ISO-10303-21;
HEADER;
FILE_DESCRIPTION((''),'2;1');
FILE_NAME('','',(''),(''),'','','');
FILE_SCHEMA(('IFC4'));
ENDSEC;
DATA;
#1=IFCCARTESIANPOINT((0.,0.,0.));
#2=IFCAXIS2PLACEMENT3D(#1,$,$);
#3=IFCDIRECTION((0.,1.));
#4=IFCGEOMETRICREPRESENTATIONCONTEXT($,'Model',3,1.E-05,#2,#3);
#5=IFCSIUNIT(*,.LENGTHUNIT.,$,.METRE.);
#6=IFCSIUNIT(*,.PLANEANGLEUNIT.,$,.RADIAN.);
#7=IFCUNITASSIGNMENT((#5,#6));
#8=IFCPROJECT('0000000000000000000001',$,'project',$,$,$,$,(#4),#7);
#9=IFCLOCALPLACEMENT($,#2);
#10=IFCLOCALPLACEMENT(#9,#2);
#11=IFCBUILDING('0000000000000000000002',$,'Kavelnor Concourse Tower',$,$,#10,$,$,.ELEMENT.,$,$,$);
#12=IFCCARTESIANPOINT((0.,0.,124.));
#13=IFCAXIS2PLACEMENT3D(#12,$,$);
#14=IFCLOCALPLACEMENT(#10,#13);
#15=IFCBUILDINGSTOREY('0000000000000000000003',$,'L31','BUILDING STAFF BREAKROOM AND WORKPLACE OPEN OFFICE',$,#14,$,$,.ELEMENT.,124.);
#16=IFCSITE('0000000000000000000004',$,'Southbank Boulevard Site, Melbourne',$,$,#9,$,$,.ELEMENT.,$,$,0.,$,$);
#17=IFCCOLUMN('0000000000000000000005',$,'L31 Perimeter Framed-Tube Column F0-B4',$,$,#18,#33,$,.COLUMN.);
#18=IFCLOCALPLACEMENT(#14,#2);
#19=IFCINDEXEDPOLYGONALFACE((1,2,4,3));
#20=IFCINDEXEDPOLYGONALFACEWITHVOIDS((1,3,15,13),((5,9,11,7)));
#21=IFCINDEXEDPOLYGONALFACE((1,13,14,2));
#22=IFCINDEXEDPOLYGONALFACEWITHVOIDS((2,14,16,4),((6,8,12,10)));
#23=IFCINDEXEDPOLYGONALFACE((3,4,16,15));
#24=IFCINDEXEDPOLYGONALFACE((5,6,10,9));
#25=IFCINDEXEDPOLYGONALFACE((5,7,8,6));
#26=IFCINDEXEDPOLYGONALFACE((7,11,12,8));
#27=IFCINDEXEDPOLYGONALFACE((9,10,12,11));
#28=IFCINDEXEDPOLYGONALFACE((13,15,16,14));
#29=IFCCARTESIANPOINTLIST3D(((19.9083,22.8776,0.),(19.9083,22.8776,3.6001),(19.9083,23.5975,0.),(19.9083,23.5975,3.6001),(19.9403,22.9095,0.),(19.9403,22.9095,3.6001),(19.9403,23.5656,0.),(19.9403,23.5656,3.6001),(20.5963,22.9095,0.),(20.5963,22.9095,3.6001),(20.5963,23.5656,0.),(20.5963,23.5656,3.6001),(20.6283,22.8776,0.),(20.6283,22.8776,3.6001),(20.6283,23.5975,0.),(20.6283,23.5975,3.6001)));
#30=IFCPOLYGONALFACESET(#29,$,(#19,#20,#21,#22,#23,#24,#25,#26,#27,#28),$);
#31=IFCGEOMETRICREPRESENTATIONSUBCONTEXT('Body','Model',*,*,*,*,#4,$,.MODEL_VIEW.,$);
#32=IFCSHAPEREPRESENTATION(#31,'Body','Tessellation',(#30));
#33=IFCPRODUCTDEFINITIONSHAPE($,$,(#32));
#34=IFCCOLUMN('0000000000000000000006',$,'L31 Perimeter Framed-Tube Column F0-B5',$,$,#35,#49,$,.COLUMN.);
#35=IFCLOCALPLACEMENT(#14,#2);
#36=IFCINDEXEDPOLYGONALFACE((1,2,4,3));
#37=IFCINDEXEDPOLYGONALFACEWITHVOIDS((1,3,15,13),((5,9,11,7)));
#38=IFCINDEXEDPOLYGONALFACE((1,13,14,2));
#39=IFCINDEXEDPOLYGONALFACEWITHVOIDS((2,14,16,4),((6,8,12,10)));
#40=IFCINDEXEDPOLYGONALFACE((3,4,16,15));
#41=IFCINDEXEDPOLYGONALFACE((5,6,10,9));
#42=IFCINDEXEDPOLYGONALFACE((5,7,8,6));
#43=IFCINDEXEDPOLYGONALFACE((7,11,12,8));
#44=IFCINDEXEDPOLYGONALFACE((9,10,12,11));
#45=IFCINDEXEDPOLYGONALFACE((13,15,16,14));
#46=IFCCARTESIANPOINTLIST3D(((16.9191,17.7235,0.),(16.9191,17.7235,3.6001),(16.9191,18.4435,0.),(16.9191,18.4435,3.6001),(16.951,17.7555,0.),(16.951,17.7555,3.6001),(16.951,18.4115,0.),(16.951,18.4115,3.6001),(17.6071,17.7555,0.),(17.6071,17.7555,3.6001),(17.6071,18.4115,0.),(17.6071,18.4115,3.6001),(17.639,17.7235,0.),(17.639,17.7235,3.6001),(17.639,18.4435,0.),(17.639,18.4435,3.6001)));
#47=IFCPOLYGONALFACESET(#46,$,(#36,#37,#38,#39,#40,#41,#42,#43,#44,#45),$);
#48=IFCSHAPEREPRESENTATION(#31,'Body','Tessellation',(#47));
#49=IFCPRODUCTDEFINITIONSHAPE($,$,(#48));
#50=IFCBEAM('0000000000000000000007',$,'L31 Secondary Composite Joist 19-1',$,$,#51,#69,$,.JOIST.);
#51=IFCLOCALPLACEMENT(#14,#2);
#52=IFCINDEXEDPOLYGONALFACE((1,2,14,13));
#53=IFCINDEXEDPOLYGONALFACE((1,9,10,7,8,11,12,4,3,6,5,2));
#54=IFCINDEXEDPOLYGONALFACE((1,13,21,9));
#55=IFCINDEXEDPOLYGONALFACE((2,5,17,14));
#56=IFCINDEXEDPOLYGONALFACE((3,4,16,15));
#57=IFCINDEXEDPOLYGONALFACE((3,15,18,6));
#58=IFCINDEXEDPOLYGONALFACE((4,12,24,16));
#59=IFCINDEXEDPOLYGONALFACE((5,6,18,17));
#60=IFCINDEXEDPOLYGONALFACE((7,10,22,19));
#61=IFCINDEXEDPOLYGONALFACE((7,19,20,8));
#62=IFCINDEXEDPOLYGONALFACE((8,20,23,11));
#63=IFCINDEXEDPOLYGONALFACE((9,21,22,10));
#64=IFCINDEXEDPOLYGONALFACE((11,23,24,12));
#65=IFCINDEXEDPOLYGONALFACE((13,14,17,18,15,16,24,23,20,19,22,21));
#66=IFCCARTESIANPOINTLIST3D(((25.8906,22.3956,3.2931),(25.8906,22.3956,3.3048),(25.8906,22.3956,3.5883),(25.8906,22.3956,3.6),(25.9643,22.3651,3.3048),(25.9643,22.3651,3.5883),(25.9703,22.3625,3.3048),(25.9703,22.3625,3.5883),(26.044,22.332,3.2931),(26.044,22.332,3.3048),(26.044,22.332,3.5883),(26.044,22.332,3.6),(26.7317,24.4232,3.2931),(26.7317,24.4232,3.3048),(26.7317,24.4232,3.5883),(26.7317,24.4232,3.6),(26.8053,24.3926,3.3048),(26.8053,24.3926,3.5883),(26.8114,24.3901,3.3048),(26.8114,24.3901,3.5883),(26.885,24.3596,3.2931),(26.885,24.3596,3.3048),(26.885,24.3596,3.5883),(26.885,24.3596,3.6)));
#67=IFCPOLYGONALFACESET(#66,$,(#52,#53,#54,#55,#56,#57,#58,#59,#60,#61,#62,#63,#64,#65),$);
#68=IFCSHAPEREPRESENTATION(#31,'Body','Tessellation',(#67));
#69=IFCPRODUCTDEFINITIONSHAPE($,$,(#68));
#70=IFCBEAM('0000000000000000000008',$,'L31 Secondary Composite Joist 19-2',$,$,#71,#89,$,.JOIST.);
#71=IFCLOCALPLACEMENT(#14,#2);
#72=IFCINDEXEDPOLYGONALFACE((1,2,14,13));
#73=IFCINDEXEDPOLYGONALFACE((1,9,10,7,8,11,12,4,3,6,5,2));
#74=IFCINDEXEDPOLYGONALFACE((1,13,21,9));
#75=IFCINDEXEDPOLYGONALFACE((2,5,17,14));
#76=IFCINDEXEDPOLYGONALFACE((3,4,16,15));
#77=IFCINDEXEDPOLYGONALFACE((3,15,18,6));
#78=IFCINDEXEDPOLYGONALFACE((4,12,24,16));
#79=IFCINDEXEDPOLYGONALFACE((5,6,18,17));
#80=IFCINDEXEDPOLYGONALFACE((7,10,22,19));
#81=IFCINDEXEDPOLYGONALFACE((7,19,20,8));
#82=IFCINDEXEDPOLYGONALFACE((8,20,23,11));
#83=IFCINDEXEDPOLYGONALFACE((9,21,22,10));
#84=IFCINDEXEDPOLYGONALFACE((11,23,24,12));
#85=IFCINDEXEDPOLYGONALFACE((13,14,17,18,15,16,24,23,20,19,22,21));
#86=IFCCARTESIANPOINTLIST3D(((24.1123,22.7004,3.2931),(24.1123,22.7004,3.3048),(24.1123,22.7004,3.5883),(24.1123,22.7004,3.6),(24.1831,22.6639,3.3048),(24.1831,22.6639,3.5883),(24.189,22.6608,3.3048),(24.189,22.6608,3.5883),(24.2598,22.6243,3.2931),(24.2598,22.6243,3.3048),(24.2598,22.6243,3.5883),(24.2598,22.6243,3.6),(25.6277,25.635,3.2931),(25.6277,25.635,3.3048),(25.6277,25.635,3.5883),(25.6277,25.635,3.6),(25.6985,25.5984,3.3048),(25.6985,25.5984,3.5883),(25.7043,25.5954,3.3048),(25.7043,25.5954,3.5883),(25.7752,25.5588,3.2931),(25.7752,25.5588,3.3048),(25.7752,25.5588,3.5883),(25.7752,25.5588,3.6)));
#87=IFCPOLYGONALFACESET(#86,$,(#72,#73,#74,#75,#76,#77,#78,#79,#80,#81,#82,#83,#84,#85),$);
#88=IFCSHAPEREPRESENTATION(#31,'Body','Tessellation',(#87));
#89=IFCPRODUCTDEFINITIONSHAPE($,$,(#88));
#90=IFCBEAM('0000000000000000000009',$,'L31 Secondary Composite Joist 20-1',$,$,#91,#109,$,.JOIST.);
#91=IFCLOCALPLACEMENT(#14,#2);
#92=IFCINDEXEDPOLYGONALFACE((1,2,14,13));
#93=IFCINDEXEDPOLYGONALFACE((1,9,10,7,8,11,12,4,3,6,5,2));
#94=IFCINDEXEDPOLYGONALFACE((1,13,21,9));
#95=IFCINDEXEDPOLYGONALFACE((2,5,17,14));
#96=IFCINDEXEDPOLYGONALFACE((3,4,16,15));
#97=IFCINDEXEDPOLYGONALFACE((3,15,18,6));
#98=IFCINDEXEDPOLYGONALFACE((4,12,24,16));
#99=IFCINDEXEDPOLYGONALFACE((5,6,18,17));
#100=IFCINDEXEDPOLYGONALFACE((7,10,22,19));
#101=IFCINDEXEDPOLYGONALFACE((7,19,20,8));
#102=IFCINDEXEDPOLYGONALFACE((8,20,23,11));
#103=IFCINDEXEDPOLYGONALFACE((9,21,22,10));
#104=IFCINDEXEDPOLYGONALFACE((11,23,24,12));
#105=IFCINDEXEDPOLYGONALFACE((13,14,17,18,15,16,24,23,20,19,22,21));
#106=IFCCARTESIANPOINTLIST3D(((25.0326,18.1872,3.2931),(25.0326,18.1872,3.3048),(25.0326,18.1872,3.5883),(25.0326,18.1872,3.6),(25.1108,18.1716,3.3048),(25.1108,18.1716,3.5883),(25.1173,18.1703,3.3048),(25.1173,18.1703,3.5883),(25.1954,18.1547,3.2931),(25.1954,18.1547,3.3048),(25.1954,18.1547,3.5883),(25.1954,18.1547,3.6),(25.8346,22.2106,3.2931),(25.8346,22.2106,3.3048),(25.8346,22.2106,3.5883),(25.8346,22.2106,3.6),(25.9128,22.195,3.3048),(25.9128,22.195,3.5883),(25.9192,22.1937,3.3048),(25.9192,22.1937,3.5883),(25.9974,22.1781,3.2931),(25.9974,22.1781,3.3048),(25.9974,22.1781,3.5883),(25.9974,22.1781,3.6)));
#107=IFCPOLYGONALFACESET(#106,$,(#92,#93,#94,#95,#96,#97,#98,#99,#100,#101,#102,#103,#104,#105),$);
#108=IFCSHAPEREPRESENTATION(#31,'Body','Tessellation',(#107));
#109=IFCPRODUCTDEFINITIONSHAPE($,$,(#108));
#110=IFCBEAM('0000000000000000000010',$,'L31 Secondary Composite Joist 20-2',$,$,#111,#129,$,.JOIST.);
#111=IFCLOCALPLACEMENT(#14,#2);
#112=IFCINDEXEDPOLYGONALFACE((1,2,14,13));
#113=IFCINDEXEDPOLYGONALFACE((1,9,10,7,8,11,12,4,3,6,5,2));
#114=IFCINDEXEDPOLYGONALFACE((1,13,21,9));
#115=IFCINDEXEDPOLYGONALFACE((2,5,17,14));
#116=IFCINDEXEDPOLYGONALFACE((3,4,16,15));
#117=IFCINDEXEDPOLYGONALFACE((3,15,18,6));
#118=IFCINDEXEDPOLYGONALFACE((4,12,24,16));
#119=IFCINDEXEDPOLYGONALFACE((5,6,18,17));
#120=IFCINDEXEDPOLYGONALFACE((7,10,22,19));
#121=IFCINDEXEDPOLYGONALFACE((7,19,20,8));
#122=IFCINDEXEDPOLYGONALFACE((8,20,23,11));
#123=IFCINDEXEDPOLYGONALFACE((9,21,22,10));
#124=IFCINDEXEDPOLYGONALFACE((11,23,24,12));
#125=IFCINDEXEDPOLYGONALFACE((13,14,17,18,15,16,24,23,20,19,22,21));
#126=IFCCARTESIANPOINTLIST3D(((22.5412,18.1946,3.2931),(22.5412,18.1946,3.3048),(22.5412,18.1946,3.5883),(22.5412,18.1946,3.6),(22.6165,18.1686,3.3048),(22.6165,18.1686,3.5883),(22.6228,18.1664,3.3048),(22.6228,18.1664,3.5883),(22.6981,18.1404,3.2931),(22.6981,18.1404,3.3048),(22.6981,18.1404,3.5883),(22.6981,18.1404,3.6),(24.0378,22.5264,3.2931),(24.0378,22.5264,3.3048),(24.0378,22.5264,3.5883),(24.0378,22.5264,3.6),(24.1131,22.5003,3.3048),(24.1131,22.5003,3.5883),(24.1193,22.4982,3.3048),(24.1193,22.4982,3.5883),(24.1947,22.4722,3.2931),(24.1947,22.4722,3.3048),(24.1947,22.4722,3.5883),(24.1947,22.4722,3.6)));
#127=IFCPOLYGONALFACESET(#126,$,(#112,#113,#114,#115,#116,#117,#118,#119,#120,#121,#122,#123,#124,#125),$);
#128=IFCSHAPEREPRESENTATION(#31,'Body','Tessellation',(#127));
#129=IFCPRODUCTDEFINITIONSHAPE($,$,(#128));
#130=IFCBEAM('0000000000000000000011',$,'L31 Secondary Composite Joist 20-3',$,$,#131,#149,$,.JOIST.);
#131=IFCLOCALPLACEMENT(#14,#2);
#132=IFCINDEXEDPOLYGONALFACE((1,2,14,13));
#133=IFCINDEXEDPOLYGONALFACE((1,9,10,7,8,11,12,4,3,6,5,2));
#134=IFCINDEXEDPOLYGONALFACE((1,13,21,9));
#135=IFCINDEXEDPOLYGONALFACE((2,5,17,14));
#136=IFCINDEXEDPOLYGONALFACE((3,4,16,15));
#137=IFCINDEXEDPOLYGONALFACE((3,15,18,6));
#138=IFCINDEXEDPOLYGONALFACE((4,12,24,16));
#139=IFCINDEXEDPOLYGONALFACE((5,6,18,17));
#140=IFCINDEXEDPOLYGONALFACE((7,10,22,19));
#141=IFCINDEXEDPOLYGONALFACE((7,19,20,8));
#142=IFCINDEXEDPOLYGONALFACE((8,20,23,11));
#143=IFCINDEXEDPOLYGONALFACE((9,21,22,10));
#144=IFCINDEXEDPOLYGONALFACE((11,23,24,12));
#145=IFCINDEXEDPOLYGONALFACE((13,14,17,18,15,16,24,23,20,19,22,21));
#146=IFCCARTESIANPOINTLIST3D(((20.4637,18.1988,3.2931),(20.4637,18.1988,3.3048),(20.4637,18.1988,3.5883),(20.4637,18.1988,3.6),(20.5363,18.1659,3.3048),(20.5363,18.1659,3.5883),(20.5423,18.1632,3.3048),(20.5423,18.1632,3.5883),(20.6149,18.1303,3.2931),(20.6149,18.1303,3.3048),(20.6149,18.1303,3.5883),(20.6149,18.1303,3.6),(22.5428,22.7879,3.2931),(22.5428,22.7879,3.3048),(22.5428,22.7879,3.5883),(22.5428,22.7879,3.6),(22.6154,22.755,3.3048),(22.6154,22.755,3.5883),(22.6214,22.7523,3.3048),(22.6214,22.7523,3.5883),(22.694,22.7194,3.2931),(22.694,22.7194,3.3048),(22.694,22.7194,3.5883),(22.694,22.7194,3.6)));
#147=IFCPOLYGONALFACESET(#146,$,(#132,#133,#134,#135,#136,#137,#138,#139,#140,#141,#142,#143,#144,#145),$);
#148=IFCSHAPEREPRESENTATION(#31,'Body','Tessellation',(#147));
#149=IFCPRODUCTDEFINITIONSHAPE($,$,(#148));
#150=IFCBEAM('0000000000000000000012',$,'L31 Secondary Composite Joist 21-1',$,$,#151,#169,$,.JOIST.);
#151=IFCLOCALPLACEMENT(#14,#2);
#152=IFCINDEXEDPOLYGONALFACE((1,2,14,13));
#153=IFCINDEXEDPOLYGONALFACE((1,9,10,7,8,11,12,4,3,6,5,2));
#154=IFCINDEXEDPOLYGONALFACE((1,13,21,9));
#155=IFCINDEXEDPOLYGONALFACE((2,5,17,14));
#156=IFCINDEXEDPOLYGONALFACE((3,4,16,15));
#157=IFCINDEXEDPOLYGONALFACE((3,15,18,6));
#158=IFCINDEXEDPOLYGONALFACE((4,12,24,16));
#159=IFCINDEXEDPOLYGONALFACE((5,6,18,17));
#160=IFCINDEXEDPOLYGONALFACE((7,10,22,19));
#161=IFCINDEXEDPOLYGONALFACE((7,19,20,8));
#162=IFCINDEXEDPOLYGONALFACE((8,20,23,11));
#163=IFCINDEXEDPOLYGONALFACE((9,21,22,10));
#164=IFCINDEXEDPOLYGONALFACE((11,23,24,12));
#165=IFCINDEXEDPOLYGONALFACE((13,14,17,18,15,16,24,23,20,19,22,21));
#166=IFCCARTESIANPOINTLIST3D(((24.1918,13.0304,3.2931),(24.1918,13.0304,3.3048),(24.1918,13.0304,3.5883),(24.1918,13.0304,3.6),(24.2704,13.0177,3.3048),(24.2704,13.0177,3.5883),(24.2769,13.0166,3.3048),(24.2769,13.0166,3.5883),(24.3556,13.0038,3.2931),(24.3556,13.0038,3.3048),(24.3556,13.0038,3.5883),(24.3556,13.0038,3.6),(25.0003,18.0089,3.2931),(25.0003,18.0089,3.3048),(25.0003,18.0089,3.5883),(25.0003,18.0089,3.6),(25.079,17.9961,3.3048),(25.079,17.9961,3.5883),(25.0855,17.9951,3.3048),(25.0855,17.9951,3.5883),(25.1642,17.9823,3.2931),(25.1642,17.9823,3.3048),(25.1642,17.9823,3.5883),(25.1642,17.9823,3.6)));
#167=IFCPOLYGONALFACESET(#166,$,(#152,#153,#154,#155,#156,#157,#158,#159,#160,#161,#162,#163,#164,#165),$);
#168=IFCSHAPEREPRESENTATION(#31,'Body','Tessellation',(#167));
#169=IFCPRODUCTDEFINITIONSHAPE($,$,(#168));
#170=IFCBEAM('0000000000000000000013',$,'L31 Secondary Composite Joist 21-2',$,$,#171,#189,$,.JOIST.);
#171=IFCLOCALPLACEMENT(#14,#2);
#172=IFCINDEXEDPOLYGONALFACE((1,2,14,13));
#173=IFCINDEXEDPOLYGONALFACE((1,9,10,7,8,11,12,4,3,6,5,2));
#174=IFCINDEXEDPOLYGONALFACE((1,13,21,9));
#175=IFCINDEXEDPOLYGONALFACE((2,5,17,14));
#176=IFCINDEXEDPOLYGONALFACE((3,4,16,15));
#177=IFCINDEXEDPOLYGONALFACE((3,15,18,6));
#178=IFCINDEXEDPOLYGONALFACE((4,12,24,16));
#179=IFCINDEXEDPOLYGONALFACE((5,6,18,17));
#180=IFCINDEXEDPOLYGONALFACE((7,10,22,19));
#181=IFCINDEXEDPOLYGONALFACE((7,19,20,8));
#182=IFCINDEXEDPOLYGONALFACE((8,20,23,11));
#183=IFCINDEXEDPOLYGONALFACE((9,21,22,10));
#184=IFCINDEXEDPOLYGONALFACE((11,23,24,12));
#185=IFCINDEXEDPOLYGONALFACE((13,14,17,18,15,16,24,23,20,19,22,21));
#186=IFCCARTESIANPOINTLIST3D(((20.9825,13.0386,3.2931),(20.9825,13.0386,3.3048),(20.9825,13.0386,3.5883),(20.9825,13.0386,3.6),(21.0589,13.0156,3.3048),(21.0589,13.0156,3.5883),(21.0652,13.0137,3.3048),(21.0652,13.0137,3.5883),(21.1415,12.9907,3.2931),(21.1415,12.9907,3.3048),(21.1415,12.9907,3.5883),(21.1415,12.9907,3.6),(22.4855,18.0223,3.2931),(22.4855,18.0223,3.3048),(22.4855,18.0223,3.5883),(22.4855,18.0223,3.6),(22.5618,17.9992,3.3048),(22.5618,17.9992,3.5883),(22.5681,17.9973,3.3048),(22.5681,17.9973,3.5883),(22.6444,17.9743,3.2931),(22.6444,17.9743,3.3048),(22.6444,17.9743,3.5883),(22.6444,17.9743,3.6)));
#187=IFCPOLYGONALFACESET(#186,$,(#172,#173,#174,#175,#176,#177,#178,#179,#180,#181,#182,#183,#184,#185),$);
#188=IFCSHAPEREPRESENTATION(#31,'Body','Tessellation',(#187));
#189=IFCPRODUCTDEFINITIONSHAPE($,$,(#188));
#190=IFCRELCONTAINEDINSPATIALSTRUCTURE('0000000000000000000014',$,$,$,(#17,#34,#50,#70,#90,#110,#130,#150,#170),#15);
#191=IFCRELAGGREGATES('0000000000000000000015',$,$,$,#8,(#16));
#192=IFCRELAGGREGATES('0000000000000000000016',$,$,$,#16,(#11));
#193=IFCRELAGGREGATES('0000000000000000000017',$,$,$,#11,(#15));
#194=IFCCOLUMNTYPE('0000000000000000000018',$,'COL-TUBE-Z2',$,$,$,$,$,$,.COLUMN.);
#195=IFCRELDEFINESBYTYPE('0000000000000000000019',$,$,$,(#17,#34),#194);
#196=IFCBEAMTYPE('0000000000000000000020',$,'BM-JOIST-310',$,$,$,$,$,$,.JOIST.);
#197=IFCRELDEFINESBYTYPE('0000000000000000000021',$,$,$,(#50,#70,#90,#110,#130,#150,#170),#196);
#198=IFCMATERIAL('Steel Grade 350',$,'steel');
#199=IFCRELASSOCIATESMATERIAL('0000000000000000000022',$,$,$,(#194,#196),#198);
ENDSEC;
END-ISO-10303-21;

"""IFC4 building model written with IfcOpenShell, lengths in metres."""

from ifc_helpers import new_model, si_unit, direction, frame, origin, origin_2d, place, context, subcontext, project, spatial, hollow_rectangle, i_section, extrude, material, material_profile, profile_set, type_object, element, save


model = new_model("IFC4")

# Units and contexts
model_context = context("Model", 3, precision=1e-05, world=origin(), true_north=direction((0.0, 1.0)))
body_context = subcontext(model_context, "Body", "Model", "MODEL_VIEW")
ifc_project = project(units=[si_unit("LENGTHUNIT", "METRE"), si_unit("PLANEANGLEUNIT", "RADIAN")], contexts=[model_context])

# Site, building, storey
site_placement = place(None, origin())
site = spatial("IfcSite", under=ifc_project, at=site_placement, Name="Southbank Boulevard Site, Melbourne", CompositionType="ELEMENT", RefElevation=0.0)
building_placement = place(site_placement, origin())
building = spatial("IfcBuilding", under=site, at=building_placement, Name="Kavelnor Concourse Tower", CompositionType="ELEMENT")
storey_placement = place(building_placement, frame((0.0, 0.0, 124.0)))
storey = spatial("IfcBuildingStorey", under=building, at=storey_placement, Name="L31", Description="BUILDING STAFF BREAKROOM AND WORKPLACE OPEN OFFICE", CompositionType="ELEMENT", Elevation=124.0)

# Columns
ifc_material_1 = material(Name="Steel Grade 350", Category="steel")
ifc_material_profile_1 = material_profile(ifc_material_1, hollow_rectangle(XDim=0.72, YDim=0.72, WallThickness=0.032, at=origin_2d()), Name="SHS 720x720x32")
ifc_profile_set_1 = profile_set([ifc_material_profile_1], Name="Steel Grade 350")
column_type = type_object("IfcColumnType", Name="COL-TUBE-Z2", PredefinedType="COLUMN", material=ifc_profile_set_1)
for number, where, z_axis, x_axis, name in (
    (1, (20.2683, 23.2375, 0.0), (0.0, 0.0, 1.0), (1.0, 0.0, 0.0), "L31 Perimeter Framed-Tube Column F0-B4"),
    (2, (17.2791, 18.0835, 0.0), (0.0, 0.0, 1.0), (1.0, 0.0, 0.0), "L31 Perimeter Framed-Tube Column F0-B5"),
):
    element("IfcColumn", number, at=place(storey_placement, frame(where, z_axis=z_axis, x_axis=x_axis)), inside=storey, type_object=column_type, Name=name, PredefinedType="COLUMN", context=body_context, shape_type="SweptSolid", body=[
        extrude(hollow_rectangle(XDim=0.72, YDim=0.72, WallThickness=0.032, at=origin_2d()), origin(), (0.0, 0.0, 1.0), 3.6001),
    ])

# Beams
ifc_material_profile_2 = material_profile(ifc_material_1, i_section(OverallWidth=0.166, OverallDepth=0.3069, WebThickness=0.0066, FlangeThickness=0.0117, at=origin_2d()), Name="310UB46")
ifc_profile_set_2 = profile_set([ifc_material_profile_2], Name="Steel Grade 350")
beam_type_1 = type_object("IfcBeamType", Name="BM-JOIST-310", PredefinedType="JOIST", material=ifc_profile_set_2)
beam_1_placement = place(storey_placement, frame((26.8083, 24.3914, 3.4465), z_axis=(-0.383154, -0.923685, 0.0), x_axis=(0.923685, -0.383154, 0.0)))
element("IfcBeam", 3, at=beam_1_placement, inside=storey, type_object=beam_type_1, Name="L31 Secondary Composite Joist 19-1", PredefinedType="JOIST", context=body_context, shape_type="SweptSolid", body=[
    extrude(i_section(OverallWidth=0.166, OverallDepth=0.3069, WebThickness=0.0066, FlangeThickness=0.0117, at=origin_2d()), origin(), (0.0, 0.0, 1.0), 2.1951),
])
beam_2_placement = place(storey_placement, frame((25.7014, 25.5969, 3.4465), z_axis=(-0.458826, -0.888526, 0.0), x_axis=(0.888526, -0.458826, 0.0)))
element("IfcBeam", 4, at=beam_2_placement, inside=storey, type_object=beam_type_1, Name="L31 Secondary Composite Joist 19-2", PredefinedType="JOIST", context=body_context, shape_type="SweptSolid", body=[
    extrude(i_section(OverallWidth=0.166, OverallDepth=0.3069, WebThickness=0.0066, FlangeThickness=0.0117, at=origin_2d()), origin(), (0.0, 0.0, 1.0), 3.3027),
])
beam_3_placement = place(storey_placement, frame((25.916, 22.1943, 3.4465), z_axis=(-0.195487, -0.980706, 0.0), x_axis=(0.980706, -0.195487, 0.0)))
element("IfcBeam", 5, at=beam_3_placement, inside=storey, type_object=beam_type_1, Name="L31 Secondary Composite Joist 20-1", PredefinedType="JOIST", context=body_context, shape_type="SweptSolid", body=[
    extrude(i_section(OverallWidth=0.166, OverallDepth=0.3069, WebThickness=0.0066, FlangeThickness=0.0117, at=origin_2d()), origin(), (0.0, 0.0, 1.0), 4.1025),
])
beam_4_placement = place(storey_placement, frame((24.1162, 22.4993, 3.4465), z_axis=(-0.326549, -0.94518, 0.0), x_axis=(0.94518, -0.326549, 0.0)))
element("IfcBeam", 6, at=beam_4_placement, inside=storey, type_object=beam_type_1, Name="L31 Secondary Composite Joist 20-2", PredefinedType="JOIST", context=body_context, shape_type="SweptSolid", body=[
    extrude(i_section(OverallWidth=0.166, OverallDepth=0.3069, WebThickness=0.0066, FlangeThickness=0.0117, at=origin_2d()), origin(), (0.0, 0.0, 1.0), 4.583),
])
beam_5_placement = place(storey_placement, frame((22.6184, 22.7537, 3.4465), z_axis=(-0.412674, -0.910879, 0.0), x_axis=(0.910879, -0.412674, 0.0)))
element("IfcBeam", 7, at=beam_5_placement, inside=storey, type_object=beam_type_1, Name="L31 Secondary Composite Joist 20-3", PredefinedType="JOIST", context=body_context, shape_type="SweptSolid", body=[
    extrude(i_section(OverallWidth=0.166, OverallDepth=0.3069, WebThickness=0.0066, FlangeThickness=0.0117, at=origin_2d()), origin(), (0.0, 0.0, 1.0), 5.0381),
])
beam_6_placement = place(storey_placement, frame((25.0823, 17.9956, 3.4465), z_axis=(-0.160316, -0.987066, 0.0), x_axis=(0.987066, -0.160316, 0.0)))
element("IfcBeam", 8, at=beam_6_placement, inside=storey, type_object=beam_type_1, Name="L31 Secondary Composite Joist 21-1", PredefinedType="JOIST", context=body_context, shape_type="SweptSolid", body=[
    extrude(i_section(OverallWidth=0.166, OverallDepth=0.3069, WebThickness=0.0066, FlangeThickness=0.0117, at=origin_2d()), origin(), (0.0, 0.0, 1.0), 5.0437),
])
beam_7_placement = place(storey_placement, frame((22.5649, 17.9983, 3.4465), z_axis=(-0.288729, -0.957411, 0.0), x_axis=(0.957411, -0.288729, 0.0)))
element("IfcBeam", 9, at=beam_7_placement, inside=storey, type_object=beam_type_1, Name="L31 Secondary Composite Joist 21-2", PredefinedType="JOIST", context=body_context, shape_type="SweptSolid", body=[
    extrude(i_section(OverallWidth=0.166, OverallDepth=0.3069, WebThickness=0.0066, FlangeThickness=0.0117, at=origin_2d()), origin(), (0.0, 0.0, 1.0), 5.2053),
])

save(model, "model.ifc")
